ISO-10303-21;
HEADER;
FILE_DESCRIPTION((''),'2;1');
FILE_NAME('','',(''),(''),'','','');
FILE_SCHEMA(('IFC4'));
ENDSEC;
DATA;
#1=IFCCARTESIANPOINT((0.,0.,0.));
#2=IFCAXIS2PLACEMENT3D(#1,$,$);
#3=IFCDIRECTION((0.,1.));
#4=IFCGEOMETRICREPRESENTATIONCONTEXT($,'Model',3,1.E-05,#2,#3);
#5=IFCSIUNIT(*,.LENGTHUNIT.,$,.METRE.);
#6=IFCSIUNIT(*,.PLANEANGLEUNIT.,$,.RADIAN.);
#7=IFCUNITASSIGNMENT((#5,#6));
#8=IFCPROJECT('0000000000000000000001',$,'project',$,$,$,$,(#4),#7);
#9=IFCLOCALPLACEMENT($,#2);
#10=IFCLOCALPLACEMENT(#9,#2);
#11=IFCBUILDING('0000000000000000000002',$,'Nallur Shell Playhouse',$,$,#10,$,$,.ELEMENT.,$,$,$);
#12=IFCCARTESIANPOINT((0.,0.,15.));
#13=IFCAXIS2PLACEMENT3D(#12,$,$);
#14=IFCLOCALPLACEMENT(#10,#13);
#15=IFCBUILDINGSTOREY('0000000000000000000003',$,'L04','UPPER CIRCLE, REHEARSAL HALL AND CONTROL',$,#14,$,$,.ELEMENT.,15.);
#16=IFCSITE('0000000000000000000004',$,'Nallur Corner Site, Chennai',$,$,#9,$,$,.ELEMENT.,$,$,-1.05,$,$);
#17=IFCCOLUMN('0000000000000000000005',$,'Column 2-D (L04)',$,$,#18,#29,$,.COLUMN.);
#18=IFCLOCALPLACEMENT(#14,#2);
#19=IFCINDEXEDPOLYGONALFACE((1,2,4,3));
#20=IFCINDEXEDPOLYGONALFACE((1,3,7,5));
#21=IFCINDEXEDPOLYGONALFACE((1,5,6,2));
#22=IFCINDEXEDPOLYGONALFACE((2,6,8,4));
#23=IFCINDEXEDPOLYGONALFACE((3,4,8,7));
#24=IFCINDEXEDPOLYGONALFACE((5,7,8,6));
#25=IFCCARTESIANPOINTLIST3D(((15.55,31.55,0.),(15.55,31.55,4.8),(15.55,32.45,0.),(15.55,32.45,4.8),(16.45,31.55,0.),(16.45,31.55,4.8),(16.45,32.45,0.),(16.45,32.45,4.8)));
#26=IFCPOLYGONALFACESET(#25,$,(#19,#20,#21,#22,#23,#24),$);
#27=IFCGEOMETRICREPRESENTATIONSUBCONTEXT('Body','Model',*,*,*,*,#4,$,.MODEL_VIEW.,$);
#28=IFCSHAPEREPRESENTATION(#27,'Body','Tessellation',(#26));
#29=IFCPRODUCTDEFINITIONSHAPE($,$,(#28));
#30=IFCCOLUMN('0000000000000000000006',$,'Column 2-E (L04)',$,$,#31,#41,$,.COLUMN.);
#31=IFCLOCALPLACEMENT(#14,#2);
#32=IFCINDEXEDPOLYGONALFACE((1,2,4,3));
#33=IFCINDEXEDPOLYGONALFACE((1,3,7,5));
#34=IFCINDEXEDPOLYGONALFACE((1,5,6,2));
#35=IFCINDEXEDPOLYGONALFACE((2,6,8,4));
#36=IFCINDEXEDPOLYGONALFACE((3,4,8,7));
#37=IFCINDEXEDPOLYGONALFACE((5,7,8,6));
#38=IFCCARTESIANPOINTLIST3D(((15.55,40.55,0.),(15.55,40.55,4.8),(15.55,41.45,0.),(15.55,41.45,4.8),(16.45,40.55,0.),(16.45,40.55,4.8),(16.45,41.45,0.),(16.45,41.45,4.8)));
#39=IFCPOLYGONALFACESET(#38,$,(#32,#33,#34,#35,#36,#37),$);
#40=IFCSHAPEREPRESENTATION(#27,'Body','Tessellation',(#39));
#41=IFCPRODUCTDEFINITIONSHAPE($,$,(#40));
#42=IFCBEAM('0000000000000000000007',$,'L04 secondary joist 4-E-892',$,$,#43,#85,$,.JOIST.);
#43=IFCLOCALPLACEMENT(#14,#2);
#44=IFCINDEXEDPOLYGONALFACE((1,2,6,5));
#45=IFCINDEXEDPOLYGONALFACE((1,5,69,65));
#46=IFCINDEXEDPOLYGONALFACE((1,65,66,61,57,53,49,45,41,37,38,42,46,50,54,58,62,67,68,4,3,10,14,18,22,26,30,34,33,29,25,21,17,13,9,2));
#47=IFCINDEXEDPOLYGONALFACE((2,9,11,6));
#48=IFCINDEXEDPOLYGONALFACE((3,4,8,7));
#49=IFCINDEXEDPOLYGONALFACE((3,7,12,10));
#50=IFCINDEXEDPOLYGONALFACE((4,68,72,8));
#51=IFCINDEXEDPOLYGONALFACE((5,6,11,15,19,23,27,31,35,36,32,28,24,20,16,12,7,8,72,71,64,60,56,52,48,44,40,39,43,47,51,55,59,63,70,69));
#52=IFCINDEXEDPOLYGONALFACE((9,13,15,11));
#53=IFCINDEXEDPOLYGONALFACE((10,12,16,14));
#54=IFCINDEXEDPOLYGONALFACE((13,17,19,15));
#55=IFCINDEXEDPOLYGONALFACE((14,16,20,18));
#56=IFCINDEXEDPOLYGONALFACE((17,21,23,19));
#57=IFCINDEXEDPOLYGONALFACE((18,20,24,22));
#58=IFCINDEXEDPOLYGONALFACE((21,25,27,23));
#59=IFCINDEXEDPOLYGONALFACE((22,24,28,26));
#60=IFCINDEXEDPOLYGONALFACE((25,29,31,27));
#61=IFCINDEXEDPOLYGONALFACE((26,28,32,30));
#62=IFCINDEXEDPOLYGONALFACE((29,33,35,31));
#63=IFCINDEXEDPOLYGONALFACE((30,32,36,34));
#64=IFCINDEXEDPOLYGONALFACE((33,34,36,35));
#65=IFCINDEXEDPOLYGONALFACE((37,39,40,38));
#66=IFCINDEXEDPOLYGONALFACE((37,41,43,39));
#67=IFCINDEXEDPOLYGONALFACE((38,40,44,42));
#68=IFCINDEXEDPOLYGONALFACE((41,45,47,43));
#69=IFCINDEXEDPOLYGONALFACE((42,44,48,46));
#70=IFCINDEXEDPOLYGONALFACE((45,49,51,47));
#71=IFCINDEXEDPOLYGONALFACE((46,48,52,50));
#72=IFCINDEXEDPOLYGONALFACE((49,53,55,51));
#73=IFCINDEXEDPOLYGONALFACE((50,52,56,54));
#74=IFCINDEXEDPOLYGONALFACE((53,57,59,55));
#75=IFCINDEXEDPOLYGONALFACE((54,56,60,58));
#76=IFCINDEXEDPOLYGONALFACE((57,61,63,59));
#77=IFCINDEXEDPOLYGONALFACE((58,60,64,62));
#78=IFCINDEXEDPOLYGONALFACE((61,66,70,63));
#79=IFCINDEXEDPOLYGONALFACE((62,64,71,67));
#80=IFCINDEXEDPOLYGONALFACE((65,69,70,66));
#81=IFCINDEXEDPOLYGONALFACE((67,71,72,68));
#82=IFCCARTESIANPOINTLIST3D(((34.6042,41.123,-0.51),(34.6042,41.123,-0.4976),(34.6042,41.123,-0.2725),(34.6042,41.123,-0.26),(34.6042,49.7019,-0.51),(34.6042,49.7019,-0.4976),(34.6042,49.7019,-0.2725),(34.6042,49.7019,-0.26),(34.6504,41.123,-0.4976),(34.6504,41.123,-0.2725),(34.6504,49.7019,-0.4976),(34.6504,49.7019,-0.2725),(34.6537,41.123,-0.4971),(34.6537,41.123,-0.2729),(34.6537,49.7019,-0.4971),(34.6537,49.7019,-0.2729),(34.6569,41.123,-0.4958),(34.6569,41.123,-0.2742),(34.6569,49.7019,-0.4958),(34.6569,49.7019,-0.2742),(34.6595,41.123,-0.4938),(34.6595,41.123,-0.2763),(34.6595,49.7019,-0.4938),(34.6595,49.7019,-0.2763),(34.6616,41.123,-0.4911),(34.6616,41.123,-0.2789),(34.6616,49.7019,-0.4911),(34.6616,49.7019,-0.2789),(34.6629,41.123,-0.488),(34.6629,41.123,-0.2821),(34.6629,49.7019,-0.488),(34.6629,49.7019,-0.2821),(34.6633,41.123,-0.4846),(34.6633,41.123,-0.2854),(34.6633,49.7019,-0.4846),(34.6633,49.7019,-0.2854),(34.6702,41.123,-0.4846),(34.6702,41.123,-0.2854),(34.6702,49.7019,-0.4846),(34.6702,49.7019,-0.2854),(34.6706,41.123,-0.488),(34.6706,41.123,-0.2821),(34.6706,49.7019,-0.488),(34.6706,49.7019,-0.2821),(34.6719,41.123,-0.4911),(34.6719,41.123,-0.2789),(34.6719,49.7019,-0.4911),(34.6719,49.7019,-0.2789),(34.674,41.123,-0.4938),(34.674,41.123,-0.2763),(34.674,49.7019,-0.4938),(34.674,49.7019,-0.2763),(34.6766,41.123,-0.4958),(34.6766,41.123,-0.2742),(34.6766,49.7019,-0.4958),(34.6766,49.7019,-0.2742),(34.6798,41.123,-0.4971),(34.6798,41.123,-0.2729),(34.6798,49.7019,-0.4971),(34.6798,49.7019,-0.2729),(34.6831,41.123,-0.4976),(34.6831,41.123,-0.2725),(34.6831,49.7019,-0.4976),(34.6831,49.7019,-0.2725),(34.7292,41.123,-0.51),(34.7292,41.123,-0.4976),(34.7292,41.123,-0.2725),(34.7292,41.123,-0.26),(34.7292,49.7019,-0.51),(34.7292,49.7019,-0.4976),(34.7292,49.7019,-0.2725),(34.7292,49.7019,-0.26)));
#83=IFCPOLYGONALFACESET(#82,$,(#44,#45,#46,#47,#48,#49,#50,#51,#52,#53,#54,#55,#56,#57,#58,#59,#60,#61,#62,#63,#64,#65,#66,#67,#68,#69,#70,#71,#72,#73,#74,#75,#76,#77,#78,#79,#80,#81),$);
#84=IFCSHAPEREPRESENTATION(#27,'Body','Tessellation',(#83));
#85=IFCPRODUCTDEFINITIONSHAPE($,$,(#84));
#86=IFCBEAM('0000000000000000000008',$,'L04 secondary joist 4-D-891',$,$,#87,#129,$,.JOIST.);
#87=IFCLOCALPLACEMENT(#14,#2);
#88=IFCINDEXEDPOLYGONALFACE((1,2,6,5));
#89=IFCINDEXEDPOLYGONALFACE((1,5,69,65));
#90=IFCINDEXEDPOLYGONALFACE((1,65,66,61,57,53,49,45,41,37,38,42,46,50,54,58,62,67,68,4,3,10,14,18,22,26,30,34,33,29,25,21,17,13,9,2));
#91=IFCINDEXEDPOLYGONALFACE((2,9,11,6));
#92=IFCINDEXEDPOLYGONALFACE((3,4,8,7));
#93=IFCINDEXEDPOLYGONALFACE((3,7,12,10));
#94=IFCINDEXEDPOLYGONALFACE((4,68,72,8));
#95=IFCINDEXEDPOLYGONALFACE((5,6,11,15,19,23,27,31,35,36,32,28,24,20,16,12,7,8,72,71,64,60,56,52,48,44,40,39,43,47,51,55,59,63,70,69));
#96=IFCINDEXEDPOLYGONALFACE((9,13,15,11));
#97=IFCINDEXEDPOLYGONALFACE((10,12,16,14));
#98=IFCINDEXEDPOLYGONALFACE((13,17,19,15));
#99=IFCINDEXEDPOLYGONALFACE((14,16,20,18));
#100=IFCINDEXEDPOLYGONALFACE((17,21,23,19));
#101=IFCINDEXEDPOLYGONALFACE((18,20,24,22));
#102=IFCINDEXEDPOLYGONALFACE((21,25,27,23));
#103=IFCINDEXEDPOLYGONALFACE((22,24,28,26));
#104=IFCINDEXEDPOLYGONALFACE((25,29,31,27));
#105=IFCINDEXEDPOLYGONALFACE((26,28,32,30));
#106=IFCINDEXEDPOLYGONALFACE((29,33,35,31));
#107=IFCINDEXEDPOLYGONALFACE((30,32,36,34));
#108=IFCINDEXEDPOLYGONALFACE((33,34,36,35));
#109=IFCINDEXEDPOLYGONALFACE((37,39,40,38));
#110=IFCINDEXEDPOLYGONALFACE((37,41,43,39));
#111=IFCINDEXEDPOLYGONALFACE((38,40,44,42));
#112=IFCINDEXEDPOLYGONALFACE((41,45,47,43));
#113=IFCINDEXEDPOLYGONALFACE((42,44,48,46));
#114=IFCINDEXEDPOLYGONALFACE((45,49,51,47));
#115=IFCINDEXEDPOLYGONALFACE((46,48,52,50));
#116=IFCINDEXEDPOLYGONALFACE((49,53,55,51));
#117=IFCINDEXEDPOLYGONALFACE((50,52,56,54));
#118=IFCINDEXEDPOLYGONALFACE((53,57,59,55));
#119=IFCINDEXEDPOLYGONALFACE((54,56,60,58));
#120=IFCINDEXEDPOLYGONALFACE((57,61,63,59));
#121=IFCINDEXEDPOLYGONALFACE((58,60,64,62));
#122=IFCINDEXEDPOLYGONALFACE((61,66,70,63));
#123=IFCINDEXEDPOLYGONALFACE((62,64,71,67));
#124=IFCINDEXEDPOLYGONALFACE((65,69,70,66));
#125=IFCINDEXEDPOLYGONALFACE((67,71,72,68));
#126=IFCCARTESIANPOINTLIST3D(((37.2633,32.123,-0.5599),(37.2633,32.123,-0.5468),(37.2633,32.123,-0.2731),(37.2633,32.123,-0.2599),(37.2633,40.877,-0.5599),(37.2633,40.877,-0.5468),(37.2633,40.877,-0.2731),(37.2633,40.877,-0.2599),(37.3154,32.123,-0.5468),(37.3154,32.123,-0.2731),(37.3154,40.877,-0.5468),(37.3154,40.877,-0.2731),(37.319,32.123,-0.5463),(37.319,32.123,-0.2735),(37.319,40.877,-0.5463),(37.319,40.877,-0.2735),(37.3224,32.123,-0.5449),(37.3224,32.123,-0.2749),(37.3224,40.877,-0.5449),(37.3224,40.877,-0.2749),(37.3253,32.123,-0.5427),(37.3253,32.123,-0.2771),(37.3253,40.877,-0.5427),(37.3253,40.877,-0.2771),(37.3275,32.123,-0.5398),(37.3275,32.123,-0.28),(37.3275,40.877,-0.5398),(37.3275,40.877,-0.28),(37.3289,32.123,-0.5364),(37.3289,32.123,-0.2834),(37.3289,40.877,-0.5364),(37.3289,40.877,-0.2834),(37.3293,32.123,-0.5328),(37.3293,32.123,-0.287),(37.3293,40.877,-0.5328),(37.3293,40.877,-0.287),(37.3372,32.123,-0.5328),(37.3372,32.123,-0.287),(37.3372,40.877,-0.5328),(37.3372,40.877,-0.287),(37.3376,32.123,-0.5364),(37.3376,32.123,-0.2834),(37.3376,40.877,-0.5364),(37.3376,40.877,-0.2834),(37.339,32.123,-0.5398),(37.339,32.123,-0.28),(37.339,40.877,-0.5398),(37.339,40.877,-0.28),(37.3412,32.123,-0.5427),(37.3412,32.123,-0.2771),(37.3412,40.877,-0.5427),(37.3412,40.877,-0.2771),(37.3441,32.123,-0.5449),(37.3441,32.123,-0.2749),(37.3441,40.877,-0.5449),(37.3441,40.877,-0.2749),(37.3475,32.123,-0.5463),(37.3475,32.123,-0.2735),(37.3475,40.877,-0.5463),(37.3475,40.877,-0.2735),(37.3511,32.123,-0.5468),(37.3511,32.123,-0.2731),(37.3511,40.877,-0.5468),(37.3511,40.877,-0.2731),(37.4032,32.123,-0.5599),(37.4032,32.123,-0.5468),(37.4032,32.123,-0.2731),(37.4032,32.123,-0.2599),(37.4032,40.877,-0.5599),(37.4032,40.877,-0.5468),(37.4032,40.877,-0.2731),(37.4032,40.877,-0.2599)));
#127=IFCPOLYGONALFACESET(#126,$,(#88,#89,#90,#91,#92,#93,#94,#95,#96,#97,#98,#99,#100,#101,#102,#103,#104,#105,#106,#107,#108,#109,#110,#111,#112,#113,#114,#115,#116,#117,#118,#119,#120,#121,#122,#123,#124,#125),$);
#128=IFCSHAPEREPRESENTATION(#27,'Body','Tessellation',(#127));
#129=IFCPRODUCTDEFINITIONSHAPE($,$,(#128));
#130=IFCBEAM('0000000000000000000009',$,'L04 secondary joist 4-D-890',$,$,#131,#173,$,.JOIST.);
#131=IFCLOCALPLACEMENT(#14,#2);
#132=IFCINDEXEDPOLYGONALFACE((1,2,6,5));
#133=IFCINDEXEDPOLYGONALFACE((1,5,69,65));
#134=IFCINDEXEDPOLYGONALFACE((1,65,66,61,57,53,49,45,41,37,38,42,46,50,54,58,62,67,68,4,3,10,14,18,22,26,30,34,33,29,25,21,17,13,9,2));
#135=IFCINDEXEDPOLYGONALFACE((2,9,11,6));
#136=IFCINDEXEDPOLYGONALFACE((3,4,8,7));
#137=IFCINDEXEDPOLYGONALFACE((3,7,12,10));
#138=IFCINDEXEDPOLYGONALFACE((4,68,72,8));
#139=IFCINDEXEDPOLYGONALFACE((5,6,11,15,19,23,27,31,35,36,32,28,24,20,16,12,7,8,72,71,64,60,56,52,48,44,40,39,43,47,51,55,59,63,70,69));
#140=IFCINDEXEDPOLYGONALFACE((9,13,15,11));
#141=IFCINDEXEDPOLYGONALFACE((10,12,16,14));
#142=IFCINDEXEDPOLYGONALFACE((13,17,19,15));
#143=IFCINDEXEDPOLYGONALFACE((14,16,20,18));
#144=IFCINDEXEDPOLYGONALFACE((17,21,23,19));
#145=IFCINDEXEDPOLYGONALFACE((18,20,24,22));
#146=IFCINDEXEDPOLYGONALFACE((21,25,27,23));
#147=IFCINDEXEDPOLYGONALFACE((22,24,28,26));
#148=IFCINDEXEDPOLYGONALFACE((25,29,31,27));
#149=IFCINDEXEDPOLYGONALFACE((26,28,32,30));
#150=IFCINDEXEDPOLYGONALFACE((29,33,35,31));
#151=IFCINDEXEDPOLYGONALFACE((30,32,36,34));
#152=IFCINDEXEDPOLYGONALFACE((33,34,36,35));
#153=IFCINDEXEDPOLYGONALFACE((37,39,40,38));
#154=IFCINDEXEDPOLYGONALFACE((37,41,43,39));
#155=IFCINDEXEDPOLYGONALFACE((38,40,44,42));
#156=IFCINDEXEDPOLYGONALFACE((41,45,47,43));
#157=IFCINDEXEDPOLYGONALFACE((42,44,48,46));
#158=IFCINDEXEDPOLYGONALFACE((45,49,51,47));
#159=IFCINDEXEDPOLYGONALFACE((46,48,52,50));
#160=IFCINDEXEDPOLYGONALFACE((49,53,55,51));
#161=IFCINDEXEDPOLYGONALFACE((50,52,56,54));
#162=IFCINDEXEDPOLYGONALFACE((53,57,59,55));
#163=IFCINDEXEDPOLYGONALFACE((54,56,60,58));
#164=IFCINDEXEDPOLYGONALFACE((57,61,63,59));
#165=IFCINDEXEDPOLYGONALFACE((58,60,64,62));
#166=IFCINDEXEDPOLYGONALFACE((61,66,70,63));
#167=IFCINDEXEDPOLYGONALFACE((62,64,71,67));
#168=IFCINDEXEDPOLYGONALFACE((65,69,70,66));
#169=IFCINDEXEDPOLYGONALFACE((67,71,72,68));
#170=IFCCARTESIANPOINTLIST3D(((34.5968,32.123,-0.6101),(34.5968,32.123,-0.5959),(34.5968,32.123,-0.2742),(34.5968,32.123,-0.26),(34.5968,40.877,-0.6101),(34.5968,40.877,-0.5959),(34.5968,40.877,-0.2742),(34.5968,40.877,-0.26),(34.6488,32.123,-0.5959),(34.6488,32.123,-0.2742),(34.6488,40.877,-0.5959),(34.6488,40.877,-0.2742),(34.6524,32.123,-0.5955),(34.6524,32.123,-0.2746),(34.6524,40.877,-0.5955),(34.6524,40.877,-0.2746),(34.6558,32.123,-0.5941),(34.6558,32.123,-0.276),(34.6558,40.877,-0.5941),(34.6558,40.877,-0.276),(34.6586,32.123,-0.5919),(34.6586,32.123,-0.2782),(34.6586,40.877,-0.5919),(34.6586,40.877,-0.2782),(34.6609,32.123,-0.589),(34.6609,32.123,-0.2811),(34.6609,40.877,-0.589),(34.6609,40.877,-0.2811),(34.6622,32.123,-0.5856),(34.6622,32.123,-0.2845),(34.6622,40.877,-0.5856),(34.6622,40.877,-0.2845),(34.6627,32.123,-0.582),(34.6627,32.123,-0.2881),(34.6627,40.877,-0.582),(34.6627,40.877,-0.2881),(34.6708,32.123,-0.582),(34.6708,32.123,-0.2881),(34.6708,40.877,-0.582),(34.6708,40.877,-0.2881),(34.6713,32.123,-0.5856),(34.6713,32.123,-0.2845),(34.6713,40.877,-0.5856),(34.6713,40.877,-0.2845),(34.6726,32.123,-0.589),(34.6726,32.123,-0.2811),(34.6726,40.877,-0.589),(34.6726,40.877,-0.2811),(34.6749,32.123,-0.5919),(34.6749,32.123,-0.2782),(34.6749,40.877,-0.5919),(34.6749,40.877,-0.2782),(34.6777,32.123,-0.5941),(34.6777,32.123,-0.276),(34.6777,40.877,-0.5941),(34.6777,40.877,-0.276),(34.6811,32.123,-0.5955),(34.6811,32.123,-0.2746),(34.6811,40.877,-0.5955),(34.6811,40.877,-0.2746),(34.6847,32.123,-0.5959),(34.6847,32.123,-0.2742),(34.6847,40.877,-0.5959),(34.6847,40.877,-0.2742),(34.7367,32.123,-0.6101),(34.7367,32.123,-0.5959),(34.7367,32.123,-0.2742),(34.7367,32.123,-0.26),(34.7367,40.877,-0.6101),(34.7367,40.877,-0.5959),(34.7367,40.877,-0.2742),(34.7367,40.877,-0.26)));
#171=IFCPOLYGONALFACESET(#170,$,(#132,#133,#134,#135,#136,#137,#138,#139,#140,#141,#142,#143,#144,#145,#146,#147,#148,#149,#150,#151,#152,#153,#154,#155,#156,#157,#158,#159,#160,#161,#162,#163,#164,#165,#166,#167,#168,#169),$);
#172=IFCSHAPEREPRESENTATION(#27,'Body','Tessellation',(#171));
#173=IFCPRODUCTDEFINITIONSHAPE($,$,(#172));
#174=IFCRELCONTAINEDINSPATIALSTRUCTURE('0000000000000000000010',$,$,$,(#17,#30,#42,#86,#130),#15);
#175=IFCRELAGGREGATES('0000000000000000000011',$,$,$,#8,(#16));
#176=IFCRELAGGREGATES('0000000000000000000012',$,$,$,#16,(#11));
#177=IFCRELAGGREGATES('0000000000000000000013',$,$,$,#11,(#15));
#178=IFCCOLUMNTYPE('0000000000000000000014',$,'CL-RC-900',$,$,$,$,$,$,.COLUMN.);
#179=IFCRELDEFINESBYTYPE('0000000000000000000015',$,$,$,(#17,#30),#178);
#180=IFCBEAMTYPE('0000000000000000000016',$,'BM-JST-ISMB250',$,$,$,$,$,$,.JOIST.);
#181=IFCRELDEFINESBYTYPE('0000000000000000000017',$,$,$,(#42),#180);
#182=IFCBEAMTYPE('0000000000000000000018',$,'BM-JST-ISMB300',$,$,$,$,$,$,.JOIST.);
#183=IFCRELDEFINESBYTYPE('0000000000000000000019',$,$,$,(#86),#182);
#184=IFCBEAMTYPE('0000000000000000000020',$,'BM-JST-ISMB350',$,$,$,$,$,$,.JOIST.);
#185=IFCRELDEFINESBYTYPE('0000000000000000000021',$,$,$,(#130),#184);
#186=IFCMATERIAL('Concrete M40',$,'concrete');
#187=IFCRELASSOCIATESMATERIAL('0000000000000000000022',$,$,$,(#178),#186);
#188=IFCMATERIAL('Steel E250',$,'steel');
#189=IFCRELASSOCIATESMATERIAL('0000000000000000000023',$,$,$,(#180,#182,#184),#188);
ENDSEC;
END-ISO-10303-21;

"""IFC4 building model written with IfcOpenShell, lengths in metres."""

from ifc_helpers import new_model, si_unit, direction, frame, origin, origin_2d, place, context, subcontext, project, spatial, rectangle, i_section, extrude, material, material_profile, profile_set, type_object, element, save


model = new_model("IFC4")

# Units and contexts
model_context = context("Model", 3, precision=1e-05, world=origin(), true_north=direction((0.0, 1.0)))
body_context = subcontext(model_context, "Body", "Model", "MODEL_VIEW")
ifc_project = project(units=[si_unit("LENGTHUNIT", "METRE"), si_unit("PLANEANGLEUNIT", "RADIAN")], contexts=[model_context])

# Site, building, storey
site_placement = place(None, origin())
site = spatial("IfcSite", under=ifc_project, at=site_placement, Name="Nallur Corner Site, Chennai", CompositionType="ELEMENT", RefElevation=-1.05)
building_placement = place(site_placement, origin())
building = spatial("IfcBuilding", under=site, at=building_placement, Name="Nallur Shell Playhouse", CompositionType="ELEMENT")
storey_placement = place(building_placement, frame((0.0, 0.0, 15.0)))
storey = spatial("IfcBuildingStorey", under=building, at=storey_placement, Name="L04", Description="UPPER CIRCLE, REHEARSAL HALL AND CONTROL", CompositionType="ELEMENT", Elevation=15.0)

# Columns
ifc_material_1 = material(Name="Concrete M40", Category="concrete")
ifc_material_profile_1 = material_profile(ifc_material_1, rectangle(XDim=0.8999, YDim=0.8999, at=origin_2d()), Name="RC 900x900")
ifc_profile_set_1 = profile_set([ifc_material_profile_1], Name="Concrete M40")
column_type = type_object("IfcColumnType", Name="CL-RC-900", PredefinedType="COLUMN", material=ifc_profile_set_1)
for number, where, z_axis, x_axis, name in (
    (1, (16.0, 32.0, 0.0), (0.0, 0.0, 1.0), (1.0, 0.0, 0.0), "Column 2-D (L04)"),
    (2, (16.0, 41.0, 0.0), (0.0, 0.0, 1.0), (1.0, 0.0, 0.0), "Column 2-E (L04)"),
):
    element("IfcColumn", number, at=place(storey_placement, frame(where, z_axis=z_axis, x_axis=x_axis)), inside=storey, type_object=column_type, Name=name, PredefinedType="COLUMN", context=body_context, shape_type="SweptSolid", body=[
        extrude(rectangle(XDim=0.8999, YDim=0.8999, at=origin_2d()), origin(), (0.0, 0.0, 1.0), 4.8),
    ])

# Beams
ifc_material_2 = material(Name="Steel E250", Category="steel")
ifc_material_profile_2 = material_profile(ifc_material_2, i_section(OverallWidth=0.125, OverallDepth=0.25, WebThickness=0.0068, FlangeThickness=0.0125, FilletRadius=0.0129, at=origin_2d()), Name="ISMB 250")
ifc_profile_set_2 = profile_set([ifc_material_profile_2], Name="Steel E250")
beam_type_1 = type_object("IfcBeamType", Name="BM-JST-ISMB250", PredefinedType="JOIST", material=ifc_profile_set_2)
beam_1_placement = place(storey_placement, frame((34.6667, 41.123, -0.385), z_axis=(0.0, 1.0, 0.0), x_axis=(-1.0, 0.0, 0.0)))
element("IfcBeam", 3, at=beam_1_placement, inside=storey, type_object=beam_type_1, Name="L04 secondary joist 4-E-892", PredefinedType="JOIST", context=body_context, shape_type="SweptSolid", body=[
    extrude(i_section(OverallWidth=0.125, OverallDepth=0.25, WebThickness=0.0068, FlangeThickness=0.0125, FilletRadius=0.0129, at=origin_2d()), origin(), (0.0, 0.0, 1.0), 8.5789),
])
ifc_material_profile_3 = material_profile(ifc_material_2, i_section(OverallWidth=0.1399, OverallDepth=0.3, WebThickness=0.0078, FlangeThickness=0.0132, FilletRadius=0.0139, at=origin_2d()), Name="ISMB 300")
ifc_profile_set_3 = profile_set([ifc_material_profile_3], Name="Steel E250")
beam_type_2 = type_object("IfcBeamType", Name="BM-JST-ISMB300", PredefinedType="JOIST", material=ifc_profile_set_3)
beam_2_placement = place(storey_placement, frame((37.3333, 32.123, -0.4099), z_axis=(0.0, 1.0, 0.0), x_axis=(-1.0, 0.0, 0.0)))
element("IfcBeam", 4, at=beam_2_placement, inside=storey, type_object=beam_type_2, Name="L04 secondary joist 4-D-891", PredefinedType="JOIST", context=body_context, shape_type="SweptSolid", body=[
    extrude(i_section(OverallWidth=0.1399, OverallDepth=0.3, WebThickness=0.0078, FlangeThickness=0.0132, FilletRadius=0.0139, at=origin_2d()), origin(), (0.0, 0.0, 1.0), 8.7539),
])
ifc_material_profile_4 = material_profile(ifc_material_2, i_section(OverallWidth=0.1399, OverallDepth=0.3501, WebThickness=0.0081, FlangeThickness=0.0142, FilletRadius=0.0139, at=origin_2d()), Name="ISMB 350")
ifc_profile_set_4 = profile_set([ifc_material_profile_4], Name="Steel E250")
beam_type_3 = type_object("IfcBeamType", Name="BM-JST-ISMB350", PredefinedType="JOIST", material=ifc_profile_set_4)
beam_3_placement = place(storey_placement, frame((34.6667, 32.123, -0.4351), z_axis=(0.0, 1.0, 0.0), x_axis=(-1.0, 0.0, 0.0)))
element("IfcBeam", 5, at=beam_3_placement, inside=storey, type_object=beam_type_3, Name="L04 secondary joist 4-D-890", PredefinedType="JOIST", context=body_context, shape_type="SweptSolid", body=[
    extrude(i_section(OverallWidth=0.1399, OverallDepth=0.3501, WebThickness=0.0081, FlangeThickness=0.0142, FilletRadius=0.0139, at=origin_2d()), origin(), (0.0, 0.0, 1.0), 8.7539),
])

save(model, "model.ifc")
